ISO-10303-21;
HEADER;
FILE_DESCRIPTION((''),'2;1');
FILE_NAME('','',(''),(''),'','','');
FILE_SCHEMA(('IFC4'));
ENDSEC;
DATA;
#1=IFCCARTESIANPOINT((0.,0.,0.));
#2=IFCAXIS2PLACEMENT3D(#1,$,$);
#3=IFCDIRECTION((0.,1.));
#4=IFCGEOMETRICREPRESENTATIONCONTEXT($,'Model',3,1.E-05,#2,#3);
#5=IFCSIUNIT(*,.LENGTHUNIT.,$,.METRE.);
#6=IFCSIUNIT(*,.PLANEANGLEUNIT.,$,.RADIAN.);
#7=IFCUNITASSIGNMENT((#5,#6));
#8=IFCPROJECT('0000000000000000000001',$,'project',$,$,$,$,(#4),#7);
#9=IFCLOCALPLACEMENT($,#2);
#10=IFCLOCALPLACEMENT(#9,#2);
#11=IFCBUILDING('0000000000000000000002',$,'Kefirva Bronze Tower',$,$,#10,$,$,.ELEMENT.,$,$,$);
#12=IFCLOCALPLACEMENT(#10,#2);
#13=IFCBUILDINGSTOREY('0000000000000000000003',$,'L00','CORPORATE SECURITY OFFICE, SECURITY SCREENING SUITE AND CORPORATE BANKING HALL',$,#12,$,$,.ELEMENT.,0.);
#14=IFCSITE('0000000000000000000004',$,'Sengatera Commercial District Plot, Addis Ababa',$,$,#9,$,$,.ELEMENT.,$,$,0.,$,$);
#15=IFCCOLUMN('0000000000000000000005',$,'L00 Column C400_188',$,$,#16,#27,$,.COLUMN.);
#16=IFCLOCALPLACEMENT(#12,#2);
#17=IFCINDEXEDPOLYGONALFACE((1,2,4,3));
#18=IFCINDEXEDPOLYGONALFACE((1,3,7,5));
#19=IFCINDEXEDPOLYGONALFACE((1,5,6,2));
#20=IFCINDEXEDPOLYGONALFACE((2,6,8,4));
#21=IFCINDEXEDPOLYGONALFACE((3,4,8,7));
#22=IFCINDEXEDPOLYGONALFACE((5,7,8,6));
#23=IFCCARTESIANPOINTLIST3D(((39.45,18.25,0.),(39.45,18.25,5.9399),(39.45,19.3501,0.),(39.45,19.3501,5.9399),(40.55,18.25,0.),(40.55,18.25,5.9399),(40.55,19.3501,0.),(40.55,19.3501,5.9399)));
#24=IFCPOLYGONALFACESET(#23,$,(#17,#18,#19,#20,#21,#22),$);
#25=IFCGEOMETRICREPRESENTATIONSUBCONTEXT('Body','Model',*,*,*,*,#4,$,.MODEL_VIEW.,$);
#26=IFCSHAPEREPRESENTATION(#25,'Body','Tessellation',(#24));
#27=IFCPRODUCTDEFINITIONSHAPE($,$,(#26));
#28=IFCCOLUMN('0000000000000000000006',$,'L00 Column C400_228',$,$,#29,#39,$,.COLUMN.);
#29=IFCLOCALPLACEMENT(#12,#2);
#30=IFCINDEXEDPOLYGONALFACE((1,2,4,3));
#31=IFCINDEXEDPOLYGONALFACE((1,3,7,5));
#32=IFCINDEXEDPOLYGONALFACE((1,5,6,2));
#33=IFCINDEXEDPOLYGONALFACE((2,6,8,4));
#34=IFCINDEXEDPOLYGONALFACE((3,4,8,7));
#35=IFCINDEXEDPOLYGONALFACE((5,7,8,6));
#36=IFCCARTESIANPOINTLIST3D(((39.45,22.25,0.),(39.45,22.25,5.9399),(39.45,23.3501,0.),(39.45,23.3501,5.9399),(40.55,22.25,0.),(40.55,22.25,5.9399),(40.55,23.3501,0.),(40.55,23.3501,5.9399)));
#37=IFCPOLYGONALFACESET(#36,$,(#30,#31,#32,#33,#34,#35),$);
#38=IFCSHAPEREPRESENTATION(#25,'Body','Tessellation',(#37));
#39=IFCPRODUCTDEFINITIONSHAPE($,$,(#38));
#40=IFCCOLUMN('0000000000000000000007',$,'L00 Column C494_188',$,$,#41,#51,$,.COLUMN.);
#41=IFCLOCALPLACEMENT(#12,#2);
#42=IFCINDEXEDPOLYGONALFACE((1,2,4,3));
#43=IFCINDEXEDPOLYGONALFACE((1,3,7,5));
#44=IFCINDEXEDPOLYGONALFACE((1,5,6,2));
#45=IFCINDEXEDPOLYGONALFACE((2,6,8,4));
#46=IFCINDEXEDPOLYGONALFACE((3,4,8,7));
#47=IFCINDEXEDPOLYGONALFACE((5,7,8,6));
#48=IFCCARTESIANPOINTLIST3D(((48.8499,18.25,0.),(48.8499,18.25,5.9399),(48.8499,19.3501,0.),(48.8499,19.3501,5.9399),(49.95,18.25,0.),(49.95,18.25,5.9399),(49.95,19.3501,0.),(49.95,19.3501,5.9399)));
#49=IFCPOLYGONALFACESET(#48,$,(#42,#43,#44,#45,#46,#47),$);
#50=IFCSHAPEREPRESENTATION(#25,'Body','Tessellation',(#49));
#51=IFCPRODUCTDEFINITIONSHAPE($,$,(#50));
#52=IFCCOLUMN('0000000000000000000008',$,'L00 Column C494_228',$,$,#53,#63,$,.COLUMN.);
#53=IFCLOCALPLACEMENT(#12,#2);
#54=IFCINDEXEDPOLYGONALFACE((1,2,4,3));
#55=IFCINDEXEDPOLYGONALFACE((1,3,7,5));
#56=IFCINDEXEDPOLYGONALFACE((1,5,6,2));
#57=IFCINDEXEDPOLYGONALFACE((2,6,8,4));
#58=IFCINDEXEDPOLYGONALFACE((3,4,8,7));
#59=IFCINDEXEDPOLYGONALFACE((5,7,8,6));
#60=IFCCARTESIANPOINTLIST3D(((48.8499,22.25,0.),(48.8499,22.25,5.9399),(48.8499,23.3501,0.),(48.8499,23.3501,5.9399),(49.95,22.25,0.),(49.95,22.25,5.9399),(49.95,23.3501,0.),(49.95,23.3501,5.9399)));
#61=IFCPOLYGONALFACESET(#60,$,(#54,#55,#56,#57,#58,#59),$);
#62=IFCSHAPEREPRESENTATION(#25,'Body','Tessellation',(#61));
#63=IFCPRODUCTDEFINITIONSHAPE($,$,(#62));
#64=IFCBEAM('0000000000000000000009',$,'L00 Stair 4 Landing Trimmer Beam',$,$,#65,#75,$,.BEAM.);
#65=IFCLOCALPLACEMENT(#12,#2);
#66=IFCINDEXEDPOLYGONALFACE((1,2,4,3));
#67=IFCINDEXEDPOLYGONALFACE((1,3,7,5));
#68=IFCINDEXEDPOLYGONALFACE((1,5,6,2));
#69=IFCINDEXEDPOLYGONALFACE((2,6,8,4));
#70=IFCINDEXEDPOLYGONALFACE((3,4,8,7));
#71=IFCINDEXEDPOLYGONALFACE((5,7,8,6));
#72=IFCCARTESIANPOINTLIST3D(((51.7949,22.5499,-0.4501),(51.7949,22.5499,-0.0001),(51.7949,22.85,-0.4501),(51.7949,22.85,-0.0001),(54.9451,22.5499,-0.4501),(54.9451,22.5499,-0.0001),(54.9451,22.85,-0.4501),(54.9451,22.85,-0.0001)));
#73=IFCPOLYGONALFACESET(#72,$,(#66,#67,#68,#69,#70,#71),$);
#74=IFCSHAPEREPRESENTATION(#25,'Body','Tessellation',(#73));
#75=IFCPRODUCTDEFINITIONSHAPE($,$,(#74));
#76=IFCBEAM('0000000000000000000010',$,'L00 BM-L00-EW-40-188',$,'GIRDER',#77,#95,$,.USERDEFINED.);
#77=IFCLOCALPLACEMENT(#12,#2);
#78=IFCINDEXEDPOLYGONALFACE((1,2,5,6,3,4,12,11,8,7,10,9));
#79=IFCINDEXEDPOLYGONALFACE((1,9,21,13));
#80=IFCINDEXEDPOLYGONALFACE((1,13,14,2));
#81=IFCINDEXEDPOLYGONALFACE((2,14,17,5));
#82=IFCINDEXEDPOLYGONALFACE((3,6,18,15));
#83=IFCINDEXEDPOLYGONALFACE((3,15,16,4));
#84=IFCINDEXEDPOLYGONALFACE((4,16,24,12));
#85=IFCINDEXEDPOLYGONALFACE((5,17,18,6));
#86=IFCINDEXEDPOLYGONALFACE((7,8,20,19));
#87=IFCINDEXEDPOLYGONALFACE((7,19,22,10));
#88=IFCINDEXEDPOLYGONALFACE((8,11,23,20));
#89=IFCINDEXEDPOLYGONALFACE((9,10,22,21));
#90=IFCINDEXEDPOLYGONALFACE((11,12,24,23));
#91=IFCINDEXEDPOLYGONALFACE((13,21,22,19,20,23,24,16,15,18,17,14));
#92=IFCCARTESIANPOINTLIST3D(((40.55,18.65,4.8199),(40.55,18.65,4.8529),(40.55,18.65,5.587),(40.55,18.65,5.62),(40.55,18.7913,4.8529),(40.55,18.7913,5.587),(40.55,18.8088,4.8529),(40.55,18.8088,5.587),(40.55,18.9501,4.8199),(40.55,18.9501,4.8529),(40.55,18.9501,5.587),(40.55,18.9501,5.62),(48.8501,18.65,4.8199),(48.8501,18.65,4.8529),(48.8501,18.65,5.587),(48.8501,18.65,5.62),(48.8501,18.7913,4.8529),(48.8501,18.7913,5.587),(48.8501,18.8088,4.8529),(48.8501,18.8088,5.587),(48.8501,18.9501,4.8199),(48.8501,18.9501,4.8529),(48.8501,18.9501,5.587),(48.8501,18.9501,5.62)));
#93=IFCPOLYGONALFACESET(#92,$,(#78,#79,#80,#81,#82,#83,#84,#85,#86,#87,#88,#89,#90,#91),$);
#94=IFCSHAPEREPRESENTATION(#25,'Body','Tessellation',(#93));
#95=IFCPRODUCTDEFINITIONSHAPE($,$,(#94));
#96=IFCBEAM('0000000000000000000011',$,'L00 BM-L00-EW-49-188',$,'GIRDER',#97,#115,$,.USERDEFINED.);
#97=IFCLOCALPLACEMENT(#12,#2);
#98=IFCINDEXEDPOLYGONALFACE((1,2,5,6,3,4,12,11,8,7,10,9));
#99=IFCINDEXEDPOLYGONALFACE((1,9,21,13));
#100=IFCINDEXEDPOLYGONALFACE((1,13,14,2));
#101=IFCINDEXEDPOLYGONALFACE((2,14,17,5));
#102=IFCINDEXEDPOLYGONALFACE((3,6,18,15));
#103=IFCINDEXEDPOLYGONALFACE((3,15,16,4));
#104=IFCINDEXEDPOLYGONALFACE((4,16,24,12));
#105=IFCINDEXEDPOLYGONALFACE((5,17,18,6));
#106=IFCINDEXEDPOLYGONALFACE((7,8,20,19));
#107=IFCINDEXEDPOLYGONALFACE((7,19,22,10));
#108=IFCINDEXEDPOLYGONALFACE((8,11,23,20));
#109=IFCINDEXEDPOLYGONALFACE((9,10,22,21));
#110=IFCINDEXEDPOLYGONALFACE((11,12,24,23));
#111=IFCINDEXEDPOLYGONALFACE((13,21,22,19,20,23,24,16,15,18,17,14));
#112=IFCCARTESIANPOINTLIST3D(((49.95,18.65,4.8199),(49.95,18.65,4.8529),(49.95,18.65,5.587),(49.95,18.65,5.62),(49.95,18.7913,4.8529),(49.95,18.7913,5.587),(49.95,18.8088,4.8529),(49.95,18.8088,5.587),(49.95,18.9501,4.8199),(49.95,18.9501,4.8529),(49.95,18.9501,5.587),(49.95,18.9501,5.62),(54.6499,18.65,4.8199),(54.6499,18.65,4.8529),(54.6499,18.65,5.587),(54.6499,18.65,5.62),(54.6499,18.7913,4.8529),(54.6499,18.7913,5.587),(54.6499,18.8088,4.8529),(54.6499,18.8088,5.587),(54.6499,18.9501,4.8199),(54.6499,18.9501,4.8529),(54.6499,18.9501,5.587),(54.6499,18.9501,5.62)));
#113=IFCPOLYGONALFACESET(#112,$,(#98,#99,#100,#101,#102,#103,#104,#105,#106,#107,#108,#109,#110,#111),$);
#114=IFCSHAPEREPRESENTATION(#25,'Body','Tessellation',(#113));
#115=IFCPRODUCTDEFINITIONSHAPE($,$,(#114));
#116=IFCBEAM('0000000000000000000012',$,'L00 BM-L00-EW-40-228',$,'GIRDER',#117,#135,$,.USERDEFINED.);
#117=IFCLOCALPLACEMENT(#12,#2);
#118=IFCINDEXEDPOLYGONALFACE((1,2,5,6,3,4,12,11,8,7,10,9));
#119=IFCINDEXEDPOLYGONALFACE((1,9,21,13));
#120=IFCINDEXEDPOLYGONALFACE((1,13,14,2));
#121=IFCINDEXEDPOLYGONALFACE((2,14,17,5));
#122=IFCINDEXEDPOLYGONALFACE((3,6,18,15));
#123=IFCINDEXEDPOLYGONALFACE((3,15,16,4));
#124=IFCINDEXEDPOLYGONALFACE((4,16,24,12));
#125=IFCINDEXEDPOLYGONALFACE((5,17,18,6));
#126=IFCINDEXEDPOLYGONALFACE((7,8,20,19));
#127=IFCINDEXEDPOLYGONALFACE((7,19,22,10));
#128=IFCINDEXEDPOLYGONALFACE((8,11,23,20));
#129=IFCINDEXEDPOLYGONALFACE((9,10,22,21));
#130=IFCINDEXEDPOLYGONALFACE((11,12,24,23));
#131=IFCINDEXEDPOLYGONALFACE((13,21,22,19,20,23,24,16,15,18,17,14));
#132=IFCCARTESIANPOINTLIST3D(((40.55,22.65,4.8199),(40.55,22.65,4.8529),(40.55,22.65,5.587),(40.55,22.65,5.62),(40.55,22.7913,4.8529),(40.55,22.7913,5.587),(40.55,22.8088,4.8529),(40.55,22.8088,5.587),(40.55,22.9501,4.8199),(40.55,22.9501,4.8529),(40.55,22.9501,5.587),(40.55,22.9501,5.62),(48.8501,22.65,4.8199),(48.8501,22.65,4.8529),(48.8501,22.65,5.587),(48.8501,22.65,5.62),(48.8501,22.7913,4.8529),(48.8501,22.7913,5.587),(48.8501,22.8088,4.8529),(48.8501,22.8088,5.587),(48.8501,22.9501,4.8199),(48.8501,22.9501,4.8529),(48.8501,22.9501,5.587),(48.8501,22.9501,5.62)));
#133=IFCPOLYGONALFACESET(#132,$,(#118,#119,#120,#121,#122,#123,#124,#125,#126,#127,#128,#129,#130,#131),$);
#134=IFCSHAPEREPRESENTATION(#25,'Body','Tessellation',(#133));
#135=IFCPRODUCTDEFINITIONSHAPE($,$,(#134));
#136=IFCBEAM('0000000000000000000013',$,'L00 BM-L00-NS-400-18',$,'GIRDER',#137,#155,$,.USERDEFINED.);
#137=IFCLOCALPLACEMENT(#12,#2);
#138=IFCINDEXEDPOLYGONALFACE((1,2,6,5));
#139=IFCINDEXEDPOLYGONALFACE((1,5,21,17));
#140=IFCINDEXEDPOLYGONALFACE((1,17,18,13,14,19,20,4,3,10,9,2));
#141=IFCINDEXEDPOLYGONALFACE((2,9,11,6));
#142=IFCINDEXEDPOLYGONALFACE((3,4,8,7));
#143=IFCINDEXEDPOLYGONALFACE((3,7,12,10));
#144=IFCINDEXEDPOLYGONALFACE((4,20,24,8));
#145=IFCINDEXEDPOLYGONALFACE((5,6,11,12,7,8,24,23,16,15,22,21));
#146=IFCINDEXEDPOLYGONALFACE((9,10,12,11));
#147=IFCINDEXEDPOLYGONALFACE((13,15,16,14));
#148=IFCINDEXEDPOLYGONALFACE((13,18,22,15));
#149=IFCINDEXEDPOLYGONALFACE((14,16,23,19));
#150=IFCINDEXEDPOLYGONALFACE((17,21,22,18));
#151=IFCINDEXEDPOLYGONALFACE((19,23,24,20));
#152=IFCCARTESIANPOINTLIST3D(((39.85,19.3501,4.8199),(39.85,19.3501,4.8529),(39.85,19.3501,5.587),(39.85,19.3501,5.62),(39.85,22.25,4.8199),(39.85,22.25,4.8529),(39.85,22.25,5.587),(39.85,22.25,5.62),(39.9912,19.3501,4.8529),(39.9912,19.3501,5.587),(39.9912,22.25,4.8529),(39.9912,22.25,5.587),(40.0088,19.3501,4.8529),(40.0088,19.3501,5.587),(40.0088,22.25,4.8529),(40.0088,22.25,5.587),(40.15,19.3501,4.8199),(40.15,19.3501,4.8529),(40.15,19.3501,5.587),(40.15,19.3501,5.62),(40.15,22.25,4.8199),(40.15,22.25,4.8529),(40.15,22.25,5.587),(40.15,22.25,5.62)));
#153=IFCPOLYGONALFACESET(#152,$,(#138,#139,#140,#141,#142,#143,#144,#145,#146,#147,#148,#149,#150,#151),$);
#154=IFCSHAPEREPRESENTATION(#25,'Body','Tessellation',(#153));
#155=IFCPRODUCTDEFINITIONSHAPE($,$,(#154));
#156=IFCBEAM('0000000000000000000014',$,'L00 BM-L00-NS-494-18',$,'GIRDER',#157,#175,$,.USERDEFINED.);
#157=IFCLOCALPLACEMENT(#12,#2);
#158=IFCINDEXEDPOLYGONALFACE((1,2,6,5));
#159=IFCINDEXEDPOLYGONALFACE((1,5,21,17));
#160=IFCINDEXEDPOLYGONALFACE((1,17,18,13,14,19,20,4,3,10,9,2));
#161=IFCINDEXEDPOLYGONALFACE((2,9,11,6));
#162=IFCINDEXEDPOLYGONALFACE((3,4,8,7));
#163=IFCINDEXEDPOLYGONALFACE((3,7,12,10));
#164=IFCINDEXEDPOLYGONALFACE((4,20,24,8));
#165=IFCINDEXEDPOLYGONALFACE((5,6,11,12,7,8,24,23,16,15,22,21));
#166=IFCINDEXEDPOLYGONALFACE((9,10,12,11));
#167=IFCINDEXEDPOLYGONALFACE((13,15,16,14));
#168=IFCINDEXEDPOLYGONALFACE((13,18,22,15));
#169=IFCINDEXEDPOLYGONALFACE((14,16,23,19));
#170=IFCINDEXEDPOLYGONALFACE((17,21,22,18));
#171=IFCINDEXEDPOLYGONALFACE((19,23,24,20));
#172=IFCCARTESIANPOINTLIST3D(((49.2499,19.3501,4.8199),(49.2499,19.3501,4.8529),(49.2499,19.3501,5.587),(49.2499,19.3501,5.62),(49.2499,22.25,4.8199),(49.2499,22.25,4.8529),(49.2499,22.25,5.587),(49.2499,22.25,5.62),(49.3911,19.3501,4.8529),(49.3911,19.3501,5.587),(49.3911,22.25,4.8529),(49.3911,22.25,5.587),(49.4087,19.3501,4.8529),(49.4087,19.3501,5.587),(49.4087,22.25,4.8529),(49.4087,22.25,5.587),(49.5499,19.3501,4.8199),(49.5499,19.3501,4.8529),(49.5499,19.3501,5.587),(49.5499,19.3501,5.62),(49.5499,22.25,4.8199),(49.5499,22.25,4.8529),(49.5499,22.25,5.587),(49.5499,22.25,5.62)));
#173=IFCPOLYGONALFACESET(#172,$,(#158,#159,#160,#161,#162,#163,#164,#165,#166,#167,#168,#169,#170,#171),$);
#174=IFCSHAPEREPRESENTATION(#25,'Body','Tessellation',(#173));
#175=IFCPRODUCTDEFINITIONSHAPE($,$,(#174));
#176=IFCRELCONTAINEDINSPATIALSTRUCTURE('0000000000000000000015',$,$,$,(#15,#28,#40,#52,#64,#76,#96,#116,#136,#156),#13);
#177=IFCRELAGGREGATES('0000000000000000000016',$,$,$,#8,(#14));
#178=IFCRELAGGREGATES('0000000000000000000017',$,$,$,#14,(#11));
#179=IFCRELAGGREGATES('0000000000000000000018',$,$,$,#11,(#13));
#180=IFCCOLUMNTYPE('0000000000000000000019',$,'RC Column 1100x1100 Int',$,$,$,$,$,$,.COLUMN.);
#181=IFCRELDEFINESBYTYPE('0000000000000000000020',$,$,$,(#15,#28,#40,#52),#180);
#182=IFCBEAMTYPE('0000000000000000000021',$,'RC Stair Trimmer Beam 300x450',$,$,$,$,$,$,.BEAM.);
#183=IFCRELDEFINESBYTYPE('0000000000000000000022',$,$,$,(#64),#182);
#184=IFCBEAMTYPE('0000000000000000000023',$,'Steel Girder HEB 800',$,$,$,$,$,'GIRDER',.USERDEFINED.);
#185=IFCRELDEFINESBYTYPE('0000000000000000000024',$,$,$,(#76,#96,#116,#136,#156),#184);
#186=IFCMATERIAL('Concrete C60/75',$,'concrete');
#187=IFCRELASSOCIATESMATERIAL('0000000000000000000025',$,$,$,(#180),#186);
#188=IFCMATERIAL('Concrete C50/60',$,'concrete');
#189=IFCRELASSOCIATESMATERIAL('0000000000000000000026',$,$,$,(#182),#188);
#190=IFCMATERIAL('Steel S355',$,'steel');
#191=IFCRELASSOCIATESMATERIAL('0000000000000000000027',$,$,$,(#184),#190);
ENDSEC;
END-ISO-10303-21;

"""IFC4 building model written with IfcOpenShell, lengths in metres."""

from ifc_helpers import new_model, si_unit, direction, frame, origin, origin_2d, place, context, subcontext, project, spatial, rectangle, i_section, extrude, material, material_profile, profile_set, type_object, element, save


model = new_model("IFC4")

# Units and contexts
model_context = context("Model", 3, precision=1e-05, world=origin(), true_north=direction((0.0, 1.0)))
body_context = subcontext(model_context, "Body", "Model", "MODEL_VIEW")
ifc_project = project(units=[si_unit("LENGTHUNIT", "METRE"), si_unit("PLANEANGLEUNIT", "RADIAN")], contexts=[model_context])

# Site, building, storey
site_placement = place(None, origin())
site = spatial("IfcSite", under=ifc_project, at=site_placement, Name="Sengatera Commercial District Plot, Addis Ababa", CompositionType="ELEMENT", RefElevation=0.0)
building_placement = place(site_placement, origin())
building = spatial("IfcBuilding", under=site, at=building_placement, Name="Kefirva Bronze Tower", CompositionType="ELEMENT")
storey_placement = place(building_placement, origin())
storey = spatial("IfcBuildingStorey", under=building, at=storey_placement, Name="L00", Description="CORPORATE SECURITY OFFICE, SECURITY SCREENING SUITE AND CORPORATE BANKING HALL", CompositionType="ELEMENT", Elevation=0.0)

# Columns
ifc_material_1 = material(Name="Concrete C60/75", Category="concrete")
ifc_material_profile_1 = material_profile(ifc_material_1, rectangle(XDim=1.1001, YDim=1.1001, at=origin_2d()), Name="RC 1100x1100")
ifc_profile_set_1 = profile_set([ifc_material_profile_1], Name="Concrete C60/75")
column_type = type_object("IfcColumnType", Name="RC Column 1100x1100 Int", PredefinedType="COLUMN", material=ifc_profile_set_1)
for number, where, z_axis, x_axis, name in (
    (1, (40.0, 18.8, 0.0), (0.0, 0.0, 1.0), (1.0, 0.0, 0.0), "L00 Column C400_188"),
    (2, (40.0, 22.8, 0.0), (0.0, 0.0, 1.0), (1.0, 0.0, 0.0), "L00 Column C400_228"),
    (3, (49.3999, 18.8, 0.0), (0.0, 0.0, 1.0), (1.0, 0.0, 0.0), "L00 Column C494_188"),
    (4, (49.3999, 22.8, 0.0), (0.0, 0.0, 1.0), (1.0, 0.0, 0.0), "L00 Column C494_228"),
):
    element("IfcColumn", number, at=place(storey_placement, frame(where, z_axis=z_axis, x_axis=x_axis)), inside=storey, type_object=column_type, Name=name, PredefinedType="COLUMN", context=body_context, shape_type="SweptSolid", body=[
        extrude(rectangle(XDim=1.1001, YDim=1.1001, at=origin_2d()), origin(), (0.0, 0.0, 1.0), 5.9399),
    ])

# Beams
ifc_material_2 = material(Name="Concrete C50/60", Category="concrete")
ifc_material_profile_2 = material_profile(ifc_material_2, rectangle(XDim=0.3, YDim=0.45, at=origin_2d()), Name="RC 300x450")
ifc_profile_set_2 = profile_set([ifc_material_profile_2], Name="Concrete C50/60")
beam_type_1 = type_object("IfcBeamType", Name="RC Stair Trimmer Beam 300x450", PredefinedType="BEAM", material=ifc_profile_set_2)
beam_1_placement = place(storey_placement, frame((51.7949, 22.7, -0.2251), z_axis=(1.0, 0.0, 0.0), x_axis=(0.0, 1.0, 0.0)))
element("IfcBeam", 5, at=beam_1_placement, inside=storey, type_object=beam_type_1, Name="L00 Stair 4 Landing Trimmer Beam", PredefinedType="BEAM", context=body_context, shape_type="SweptSolid", body=[
    extrude(rectangle(XDim=0.3, YDim=0.45, at=origin_2d()), origin(), (0.0, 0.0, 1.0), 3.1501),
])
ifc_material_3 = material(Name="Steel S355", Category="steel")
ifc_material_profile_3 = material_profile(ifc_material_3, i_section(OverallWidth=0.3, OverallDepth=0.8, WebThickness=0.0176, FlangeThickness=0.033, at=origin_2d()), Name="HEB 800")
ifc_profile_set_3 = profile_set([ifc_material_profile_3], Name="Steel S355")
beam_type_2 = type_object("IfcBeamType", Name="Steel Girder HEB 800", ElementType="GIRDER", PredefinedType="USERDEFINED", material=ifc_profile_set_3)
beam_2_placement = place(storey_placement, frame((40.55, 18.8, 5.22), z_axis=(1.0, 0.0, 0.0), x_axis=(0.0, 1.0, 0.0)))
element("IfcBeam", 6, at=beam_2_placement, inside=storey, type_object=beam_type_2, Name="L00 BM-L00-EW-40-188", ObjectType="GIRDER", PredefinedType="USERDEFINED", context=body_context, shape_type="SweptSolid", body=[
    extrude(i_section(OverallWidth=0.3, OverallDepth=0.8, WebThickness=0.0176, FlangeThickness=0.033, at=origin_2d()), origin(), (0.0, 0.0, 1.0), 8.3),
])
beam_3_placement = place(storey_placement, frame((49.95, 18.8, 5.22), z_axis=(1.0, 0.0, 0.0), x_axis=(0.0, 1.0, 0.0)))
element("IfcBeam", 7, at=beam_3_placement, inside=storey, type_object=beam_type_2, Name="L00 BM-L00-EW-49-188", ObjectType="GIRDER", PredefinedType="USERDEFINED", context=body_context, shape_type="SweptSolid", body=[
    extrude(i_section(OverallWidth=0.3, OverallDepth=0.8, WebThickness=0.0176, FlangeThickness=0.033, at=origin_2d()), origin(), (0.0, 0.0, 1.0), 4.7),
])
beam_4_placement = place(storey_placement, frame((40.55, 22.8, 5.22), z_axis=(1.0, 0.0, 0.0), x_axis=(0.0, 1.0, 0.0)))
element("IfcBeam", 8, at=beam_4_placement, inside=storey, type_object=beam_type_2, Name="L00 BM-L00-EW-40-228", ObjectType="GIRDER", PredefinedType="USERDEFINED", context=body_context, shape_type="SweptSolid", body=[
    extrude(i_section(OverallWidth=0.3, OverallDepth=0.8, WebThickness=0.0176, FlangeThickness=0.033, at=origin_2d()), origin(), (0.0, 0.0, 1.0), 8.3),
])
for number, where, z_axis, x_axis, name in (
    (9, (40.0, 19.3501, 5.22), (0.0, 1.0, 0.0), (-1.0, 0.0, 0.0), "L00 BM-L00-NS-400-18"),
    (10, (49.3999, 19.3501, 5.22), (0.0, 1.0, 0.0), (-1.0, 0.0, 0.0), "L00 BM-L00-NS-494-18"),
):
    element("IfcBeam", number, at=place(storey_placement, frame(where, z_axis=z_axis, x_axis=x_axis)), inside=storey, type_object=beam_type_2, Name=name, ObjectType="GIRDER", PredefinedType="USERDEFINED", context=body_context, shape_type="SweptSolid", body=[
        extrude(i_section(OverallWidth=0.3, OverallDepth=0.8, WebThickness=0.0176, FlangeThickness=0.033, at=origin_2d()), origin(), (0.0, 0.0, 1.0), 2.8999),
    ])

save(model, "model.ifc")
